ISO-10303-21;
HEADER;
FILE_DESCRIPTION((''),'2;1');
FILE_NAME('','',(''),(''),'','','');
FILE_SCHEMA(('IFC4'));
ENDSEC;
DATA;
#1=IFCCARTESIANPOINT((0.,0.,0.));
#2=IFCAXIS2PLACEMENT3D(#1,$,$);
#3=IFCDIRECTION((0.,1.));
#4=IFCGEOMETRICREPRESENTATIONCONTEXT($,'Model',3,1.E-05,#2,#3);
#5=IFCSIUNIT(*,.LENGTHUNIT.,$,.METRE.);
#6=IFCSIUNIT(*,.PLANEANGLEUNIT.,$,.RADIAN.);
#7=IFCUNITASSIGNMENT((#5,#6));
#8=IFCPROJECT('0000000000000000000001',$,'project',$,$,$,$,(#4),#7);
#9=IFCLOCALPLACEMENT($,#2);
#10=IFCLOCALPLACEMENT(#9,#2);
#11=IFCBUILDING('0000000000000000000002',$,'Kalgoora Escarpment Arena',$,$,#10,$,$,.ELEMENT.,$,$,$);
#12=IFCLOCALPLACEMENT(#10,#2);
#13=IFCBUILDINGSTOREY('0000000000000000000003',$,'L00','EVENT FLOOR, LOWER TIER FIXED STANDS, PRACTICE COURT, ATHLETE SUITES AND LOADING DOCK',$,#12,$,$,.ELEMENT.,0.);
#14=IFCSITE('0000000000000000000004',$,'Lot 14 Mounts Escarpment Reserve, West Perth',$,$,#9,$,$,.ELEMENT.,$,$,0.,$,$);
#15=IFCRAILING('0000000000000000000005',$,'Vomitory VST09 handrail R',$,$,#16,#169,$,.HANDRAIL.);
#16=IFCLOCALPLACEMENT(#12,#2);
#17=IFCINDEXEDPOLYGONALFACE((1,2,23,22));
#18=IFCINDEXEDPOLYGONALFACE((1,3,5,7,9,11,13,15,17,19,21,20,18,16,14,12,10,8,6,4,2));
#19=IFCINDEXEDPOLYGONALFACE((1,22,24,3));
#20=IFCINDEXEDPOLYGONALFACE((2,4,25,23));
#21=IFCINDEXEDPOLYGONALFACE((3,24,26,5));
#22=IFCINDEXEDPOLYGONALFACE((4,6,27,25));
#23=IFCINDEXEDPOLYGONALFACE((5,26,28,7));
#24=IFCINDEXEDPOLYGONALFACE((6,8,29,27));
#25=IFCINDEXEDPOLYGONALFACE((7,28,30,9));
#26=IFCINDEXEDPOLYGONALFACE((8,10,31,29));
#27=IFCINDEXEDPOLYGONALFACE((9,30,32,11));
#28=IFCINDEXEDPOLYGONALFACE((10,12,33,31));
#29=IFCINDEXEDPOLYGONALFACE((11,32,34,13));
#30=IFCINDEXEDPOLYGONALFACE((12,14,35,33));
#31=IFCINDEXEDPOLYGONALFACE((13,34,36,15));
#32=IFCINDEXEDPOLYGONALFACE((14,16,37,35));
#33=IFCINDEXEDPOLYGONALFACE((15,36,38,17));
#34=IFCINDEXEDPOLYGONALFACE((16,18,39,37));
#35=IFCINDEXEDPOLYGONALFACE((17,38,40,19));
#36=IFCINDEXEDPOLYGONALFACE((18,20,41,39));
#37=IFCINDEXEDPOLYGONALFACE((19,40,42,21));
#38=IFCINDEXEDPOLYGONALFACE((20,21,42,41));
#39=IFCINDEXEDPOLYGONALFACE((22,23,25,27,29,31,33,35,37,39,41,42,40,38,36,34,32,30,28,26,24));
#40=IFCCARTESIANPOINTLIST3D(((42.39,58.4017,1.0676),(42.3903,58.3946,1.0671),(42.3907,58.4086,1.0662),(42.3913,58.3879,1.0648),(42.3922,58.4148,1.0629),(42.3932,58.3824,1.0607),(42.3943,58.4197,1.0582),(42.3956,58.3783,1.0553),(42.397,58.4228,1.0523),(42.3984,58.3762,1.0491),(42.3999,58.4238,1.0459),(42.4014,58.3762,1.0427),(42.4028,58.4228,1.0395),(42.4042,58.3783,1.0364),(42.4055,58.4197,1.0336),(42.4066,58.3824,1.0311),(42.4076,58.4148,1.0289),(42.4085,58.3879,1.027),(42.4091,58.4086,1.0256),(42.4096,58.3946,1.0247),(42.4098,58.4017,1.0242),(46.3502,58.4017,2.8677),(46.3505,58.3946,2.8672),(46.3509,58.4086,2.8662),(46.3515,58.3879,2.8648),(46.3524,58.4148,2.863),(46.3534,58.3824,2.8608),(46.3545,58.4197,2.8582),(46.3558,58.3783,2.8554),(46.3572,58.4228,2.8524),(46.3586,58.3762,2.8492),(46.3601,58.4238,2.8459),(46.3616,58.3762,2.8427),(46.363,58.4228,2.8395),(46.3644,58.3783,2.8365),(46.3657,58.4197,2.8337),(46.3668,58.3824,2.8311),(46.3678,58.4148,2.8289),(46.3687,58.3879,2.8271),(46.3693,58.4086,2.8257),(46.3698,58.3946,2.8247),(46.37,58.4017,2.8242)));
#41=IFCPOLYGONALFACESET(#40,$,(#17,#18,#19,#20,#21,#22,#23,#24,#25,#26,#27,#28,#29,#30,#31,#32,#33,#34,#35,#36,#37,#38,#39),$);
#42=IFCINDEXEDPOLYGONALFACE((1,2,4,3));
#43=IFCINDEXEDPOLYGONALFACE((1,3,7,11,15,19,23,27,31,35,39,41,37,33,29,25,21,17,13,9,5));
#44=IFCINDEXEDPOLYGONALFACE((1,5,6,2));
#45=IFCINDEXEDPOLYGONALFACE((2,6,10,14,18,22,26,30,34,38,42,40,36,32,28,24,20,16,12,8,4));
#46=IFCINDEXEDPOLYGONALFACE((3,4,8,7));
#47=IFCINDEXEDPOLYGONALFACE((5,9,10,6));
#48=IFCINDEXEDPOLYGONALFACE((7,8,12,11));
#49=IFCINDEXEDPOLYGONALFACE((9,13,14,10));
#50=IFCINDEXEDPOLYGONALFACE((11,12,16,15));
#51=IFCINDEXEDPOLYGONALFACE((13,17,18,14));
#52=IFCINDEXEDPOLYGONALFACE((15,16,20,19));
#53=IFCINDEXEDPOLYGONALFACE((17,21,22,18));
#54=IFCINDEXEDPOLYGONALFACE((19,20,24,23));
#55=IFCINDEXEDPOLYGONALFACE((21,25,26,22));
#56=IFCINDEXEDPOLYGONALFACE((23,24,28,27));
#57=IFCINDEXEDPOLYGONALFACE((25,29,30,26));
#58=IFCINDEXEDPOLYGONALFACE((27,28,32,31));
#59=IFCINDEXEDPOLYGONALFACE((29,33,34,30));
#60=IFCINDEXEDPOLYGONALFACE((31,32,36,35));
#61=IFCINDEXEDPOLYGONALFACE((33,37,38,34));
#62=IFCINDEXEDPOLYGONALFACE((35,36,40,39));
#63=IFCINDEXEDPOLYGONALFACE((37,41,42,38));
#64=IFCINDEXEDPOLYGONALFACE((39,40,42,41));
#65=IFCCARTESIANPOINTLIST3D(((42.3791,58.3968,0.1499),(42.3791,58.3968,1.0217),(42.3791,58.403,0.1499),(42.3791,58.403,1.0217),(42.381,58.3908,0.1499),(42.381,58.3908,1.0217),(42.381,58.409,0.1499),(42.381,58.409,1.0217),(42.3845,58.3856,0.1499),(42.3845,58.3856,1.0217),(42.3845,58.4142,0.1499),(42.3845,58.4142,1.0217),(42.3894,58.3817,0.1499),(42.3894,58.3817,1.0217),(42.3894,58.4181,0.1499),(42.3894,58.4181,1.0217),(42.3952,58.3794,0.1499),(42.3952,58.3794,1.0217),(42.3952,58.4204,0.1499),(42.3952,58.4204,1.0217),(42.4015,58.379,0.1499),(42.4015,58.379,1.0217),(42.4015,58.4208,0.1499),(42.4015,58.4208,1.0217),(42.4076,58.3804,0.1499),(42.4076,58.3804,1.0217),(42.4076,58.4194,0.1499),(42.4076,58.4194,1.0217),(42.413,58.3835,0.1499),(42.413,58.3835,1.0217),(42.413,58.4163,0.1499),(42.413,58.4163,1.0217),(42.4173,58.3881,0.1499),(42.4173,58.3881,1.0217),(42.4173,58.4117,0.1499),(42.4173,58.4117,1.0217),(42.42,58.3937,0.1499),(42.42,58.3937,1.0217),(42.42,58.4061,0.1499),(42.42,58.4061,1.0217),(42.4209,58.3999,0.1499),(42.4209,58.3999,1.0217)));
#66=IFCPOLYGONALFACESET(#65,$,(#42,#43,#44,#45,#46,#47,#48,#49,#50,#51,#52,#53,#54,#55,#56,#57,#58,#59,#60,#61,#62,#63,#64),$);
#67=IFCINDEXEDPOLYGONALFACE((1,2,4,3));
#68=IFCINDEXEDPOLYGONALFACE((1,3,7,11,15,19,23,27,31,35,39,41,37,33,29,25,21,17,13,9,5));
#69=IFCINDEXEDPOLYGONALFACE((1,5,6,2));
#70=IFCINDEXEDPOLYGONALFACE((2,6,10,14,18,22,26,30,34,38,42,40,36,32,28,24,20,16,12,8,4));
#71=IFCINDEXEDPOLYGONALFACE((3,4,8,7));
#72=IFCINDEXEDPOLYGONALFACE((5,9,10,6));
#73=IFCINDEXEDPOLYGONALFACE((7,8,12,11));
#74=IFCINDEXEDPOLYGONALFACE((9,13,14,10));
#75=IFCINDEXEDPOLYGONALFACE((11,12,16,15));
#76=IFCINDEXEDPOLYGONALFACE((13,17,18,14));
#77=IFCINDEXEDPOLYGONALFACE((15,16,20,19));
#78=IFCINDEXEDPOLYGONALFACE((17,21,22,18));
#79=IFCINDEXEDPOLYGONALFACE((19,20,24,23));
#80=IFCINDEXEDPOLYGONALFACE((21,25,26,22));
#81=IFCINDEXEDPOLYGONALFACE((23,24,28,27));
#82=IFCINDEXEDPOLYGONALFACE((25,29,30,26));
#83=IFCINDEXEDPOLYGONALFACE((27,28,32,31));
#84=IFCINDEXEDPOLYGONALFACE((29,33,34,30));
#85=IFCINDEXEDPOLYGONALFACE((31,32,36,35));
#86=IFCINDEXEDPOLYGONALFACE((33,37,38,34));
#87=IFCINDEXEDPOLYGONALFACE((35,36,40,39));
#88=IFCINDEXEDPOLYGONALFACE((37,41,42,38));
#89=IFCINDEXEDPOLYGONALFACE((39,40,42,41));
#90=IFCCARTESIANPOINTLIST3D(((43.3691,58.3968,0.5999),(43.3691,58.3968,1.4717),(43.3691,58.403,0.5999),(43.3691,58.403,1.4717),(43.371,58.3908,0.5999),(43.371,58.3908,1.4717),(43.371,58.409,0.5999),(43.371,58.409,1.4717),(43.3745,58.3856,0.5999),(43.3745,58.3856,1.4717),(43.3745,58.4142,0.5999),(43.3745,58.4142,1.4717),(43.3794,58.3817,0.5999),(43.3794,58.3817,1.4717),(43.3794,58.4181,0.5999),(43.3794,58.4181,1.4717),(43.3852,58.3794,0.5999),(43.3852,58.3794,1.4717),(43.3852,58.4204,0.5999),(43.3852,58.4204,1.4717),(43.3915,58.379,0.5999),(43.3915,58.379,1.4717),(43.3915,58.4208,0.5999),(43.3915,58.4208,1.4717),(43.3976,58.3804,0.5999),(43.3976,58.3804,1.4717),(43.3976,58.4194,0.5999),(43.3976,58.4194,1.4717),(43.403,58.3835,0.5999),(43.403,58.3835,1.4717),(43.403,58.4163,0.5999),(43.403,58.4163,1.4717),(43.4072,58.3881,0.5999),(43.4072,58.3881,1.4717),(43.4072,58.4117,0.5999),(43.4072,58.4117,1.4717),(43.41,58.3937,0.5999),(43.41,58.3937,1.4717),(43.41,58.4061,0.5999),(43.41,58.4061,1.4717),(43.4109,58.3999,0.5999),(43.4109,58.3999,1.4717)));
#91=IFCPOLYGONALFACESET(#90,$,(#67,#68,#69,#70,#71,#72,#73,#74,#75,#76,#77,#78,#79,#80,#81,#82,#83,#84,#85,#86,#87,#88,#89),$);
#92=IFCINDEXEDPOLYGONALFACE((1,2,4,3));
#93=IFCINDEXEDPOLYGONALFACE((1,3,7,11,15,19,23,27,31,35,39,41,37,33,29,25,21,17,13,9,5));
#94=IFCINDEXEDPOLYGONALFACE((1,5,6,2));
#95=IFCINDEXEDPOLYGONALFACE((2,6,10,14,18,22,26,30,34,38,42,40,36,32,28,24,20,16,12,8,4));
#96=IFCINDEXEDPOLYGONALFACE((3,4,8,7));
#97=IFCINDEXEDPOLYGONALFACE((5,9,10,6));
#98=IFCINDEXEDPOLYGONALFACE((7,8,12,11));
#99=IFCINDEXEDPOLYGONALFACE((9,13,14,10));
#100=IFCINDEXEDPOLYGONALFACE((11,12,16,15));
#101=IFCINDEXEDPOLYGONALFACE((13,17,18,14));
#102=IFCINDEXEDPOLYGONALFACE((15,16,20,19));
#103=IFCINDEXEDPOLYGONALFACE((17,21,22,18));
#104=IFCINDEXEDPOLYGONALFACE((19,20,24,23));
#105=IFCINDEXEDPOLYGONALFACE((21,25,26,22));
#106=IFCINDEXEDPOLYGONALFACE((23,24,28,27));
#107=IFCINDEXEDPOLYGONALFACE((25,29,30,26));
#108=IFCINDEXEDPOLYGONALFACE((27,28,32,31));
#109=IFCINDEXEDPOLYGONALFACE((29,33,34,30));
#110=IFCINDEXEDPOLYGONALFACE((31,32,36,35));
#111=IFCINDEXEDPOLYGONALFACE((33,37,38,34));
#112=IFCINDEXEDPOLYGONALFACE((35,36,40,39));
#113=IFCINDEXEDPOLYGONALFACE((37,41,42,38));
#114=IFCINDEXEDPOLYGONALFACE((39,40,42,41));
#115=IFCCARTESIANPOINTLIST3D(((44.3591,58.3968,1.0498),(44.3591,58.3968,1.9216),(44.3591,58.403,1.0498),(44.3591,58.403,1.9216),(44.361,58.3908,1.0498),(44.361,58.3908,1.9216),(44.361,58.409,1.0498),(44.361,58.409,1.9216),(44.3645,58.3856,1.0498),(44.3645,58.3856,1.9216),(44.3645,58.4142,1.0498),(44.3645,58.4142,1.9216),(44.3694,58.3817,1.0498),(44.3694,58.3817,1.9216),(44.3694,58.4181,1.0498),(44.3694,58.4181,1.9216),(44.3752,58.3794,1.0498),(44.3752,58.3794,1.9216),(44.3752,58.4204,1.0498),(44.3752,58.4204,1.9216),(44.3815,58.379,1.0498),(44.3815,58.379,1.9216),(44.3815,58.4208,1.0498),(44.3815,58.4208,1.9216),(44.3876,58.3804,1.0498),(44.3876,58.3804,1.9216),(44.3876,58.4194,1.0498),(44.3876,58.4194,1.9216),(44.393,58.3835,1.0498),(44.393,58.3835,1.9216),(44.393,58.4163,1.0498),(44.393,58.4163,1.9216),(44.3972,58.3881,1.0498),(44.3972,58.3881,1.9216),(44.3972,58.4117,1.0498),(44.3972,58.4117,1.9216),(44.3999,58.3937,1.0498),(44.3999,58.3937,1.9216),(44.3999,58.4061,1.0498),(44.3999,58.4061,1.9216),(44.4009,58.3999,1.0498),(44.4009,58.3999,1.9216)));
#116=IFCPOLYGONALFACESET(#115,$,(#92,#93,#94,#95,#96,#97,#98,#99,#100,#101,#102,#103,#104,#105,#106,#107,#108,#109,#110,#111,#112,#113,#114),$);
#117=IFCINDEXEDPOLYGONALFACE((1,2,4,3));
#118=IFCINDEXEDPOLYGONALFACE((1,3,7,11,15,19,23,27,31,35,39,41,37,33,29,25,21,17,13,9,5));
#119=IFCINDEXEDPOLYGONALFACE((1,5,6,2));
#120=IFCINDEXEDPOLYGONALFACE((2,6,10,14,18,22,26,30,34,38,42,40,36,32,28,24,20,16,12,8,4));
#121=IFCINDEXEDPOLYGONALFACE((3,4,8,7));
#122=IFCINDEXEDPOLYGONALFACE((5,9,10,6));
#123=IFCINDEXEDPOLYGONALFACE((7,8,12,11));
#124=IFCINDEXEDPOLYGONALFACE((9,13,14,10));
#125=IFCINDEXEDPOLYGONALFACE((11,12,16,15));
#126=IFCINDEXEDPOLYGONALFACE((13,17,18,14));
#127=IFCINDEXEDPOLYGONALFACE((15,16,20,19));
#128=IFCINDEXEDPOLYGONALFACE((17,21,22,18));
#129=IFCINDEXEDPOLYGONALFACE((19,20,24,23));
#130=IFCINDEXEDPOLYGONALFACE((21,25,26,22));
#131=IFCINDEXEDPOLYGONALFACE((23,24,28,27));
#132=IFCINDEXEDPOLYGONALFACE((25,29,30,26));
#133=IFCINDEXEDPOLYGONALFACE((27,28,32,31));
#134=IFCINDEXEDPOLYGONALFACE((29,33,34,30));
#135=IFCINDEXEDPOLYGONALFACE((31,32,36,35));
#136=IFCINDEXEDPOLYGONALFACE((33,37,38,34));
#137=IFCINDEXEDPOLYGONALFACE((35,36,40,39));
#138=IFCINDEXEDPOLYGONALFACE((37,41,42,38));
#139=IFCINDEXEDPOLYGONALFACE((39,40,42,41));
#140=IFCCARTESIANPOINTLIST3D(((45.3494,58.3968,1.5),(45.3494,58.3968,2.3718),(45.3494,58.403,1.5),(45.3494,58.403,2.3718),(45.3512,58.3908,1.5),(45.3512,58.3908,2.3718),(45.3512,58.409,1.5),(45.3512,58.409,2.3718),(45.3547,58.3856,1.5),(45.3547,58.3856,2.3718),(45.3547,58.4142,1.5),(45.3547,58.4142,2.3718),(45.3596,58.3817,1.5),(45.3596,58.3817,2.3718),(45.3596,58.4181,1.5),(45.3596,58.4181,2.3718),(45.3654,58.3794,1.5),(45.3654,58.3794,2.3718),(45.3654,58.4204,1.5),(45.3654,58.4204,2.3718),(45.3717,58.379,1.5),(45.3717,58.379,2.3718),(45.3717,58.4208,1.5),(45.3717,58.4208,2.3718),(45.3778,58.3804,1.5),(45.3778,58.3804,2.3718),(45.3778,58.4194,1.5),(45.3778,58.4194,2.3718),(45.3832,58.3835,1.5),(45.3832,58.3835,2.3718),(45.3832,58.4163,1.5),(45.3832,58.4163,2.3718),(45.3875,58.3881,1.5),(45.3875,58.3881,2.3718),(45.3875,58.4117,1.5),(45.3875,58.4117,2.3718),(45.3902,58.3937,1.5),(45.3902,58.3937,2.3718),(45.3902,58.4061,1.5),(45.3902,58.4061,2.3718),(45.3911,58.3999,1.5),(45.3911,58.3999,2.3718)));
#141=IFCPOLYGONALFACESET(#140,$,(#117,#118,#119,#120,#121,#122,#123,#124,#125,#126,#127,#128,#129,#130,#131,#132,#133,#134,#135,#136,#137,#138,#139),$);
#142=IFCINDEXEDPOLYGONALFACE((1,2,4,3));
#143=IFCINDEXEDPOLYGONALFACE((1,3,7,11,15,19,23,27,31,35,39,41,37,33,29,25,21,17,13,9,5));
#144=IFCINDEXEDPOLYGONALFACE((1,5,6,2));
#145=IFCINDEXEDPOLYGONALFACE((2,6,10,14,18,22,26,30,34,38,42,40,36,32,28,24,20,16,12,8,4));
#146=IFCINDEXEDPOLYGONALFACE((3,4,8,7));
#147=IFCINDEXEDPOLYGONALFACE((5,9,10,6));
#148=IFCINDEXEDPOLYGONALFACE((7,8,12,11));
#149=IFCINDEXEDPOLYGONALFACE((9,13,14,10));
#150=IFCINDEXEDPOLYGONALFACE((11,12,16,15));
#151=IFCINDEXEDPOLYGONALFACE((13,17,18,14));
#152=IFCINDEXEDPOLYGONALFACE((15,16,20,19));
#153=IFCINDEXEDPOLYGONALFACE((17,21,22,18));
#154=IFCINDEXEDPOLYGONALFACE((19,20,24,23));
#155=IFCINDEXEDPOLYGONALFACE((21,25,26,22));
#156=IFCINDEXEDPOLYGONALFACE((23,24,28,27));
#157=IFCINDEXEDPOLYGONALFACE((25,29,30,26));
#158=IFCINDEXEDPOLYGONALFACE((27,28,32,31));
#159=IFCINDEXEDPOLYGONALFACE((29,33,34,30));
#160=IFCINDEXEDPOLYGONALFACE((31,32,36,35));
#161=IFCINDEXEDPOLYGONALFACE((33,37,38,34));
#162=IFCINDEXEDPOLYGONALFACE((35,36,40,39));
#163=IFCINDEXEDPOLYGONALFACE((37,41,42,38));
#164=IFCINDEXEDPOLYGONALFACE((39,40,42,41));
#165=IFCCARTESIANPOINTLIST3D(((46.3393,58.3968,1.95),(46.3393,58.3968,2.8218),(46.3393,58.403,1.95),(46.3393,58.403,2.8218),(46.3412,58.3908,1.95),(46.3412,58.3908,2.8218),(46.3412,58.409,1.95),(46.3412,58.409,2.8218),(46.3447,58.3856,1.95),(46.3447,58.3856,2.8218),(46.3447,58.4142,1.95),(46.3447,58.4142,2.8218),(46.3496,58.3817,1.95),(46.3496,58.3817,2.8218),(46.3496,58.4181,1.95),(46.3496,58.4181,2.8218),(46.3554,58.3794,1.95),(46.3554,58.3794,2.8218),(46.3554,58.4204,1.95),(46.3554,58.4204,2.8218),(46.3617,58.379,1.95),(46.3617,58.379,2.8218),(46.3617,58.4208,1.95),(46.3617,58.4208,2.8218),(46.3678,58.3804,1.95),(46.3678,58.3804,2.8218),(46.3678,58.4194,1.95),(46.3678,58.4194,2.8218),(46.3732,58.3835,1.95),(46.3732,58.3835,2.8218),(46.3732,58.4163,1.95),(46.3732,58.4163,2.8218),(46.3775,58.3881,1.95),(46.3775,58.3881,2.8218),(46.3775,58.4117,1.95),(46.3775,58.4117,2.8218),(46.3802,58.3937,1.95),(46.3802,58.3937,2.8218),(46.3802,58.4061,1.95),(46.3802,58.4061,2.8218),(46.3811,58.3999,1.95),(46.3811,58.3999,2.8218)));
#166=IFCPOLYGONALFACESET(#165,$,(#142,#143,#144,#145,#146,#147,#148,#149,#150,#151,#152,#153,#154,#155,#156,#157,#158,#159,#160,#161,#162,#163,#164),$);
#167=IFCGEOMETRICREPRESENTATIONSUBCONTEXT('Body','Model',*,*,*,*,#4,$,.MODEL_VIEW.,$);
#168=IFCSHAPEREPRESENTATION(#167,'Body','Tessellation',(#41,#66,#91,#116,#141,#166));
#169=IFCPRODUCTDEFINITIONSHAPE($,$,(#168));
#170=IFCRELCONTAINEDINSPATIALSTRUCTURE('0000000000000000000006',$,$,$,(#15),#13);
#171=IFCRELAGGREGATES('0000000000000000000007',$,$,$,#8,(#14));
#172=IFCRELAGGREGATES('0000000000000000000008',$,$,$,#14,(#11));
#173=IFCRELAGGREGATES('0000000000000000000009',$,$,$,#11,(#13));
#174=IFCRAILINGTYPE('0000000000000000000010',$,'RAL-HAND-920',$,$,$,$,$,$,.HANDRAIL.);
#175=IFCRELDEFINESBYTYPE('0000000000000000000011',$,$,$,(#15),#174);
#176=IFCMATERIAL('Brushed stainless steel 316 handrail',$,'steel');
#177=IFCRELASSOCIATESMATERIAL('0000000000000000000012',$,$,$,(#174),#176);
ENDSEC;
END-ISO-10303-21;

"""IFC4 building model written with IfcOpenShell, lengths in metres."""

from ifc_helpers import new_model, si_unit, direction, frame, origin, origin_2d, place, context, subcontext, project, spatial, circle, extrude, material, type_object, element, save


model = new_model("IFC4")

# Units and contexts
model_context = context("Model", 3, precision=1e-05, world=origin(), true_north=direction((0.0, 1.0)))
body_context = subcontext(model_context, "Body", "Model", "MODEL_VIEW")
ifc_project = project(units=[si_unit("LENGTHUNIT", "METRE"), si_unit("PLANEANGLEUNIT", "RADIAN")], contexts=[model_context])

# Site, building, storey
site_placement = place(None, origin())
site = spatial("IfcSite", under=ifc_project, at=site_placement, Name="Lot 14 Mounts Escarpment Reserve, West Perth", CompositionType="ELEMENT", RefElevation=0.0)
building_placement = place(site_placement, origin())
building = spatial("IfcBuilding", under=site, at=building_placement, Name="Kalgoora Escarpment Arena", CompositionType="ELEMENT")
storey_placement = place(building_placement, origin())
storey = spatial("IfcBuildingStorey", under=building, at=storey_placement, Name="L00", Description="EVENT FLOOR, LOWER TIER FIXED STANDS, PRACTICE COURT, ATHLETE SUITES AND LOADING DOCK", CompositionType="ELEMENT", Elevation=0.0)

# Railing
ifc_material_1 = material(Name="Brushed stainless steel 316 handrail", Category="steel")
railing_type_1 = type_object("IfcRailingType", Name="RAL-HAND-920", PredefinedType="HANDRAIL", material=ifc_material_1)
for number, where, name in (
    (1, (42.3999, 58.3999, 0.1499), "Vomitory VST09 handrail R"),
):
    element("IfcRailing", number, at=place(storey_placement, frame(where)), inside=storey, type_object=railing_type_1, Name=name, PredefinedType="HANDRAIL", context=body_context, shape_type="SweptSolid", body=[
        extrude(circle(Radius=0.0239, at=origin_2d()), frame((0.0, 0.0, 0.896), z_axis=(0.91037, 0.0, 0.413794), x_axis=(0.0, 1.0, 0.0)), (0.0, 0.0, 1.0), 4.3501),
        extrude(circle(Radius=0.021, at=origin_2d()), origin(), (0.0, 0.0, 1.0), 0.8718),
        extrude(circle(Radius=0.021, at=origin_2d()), frame((0.99, 0.0, 0.45)), (0.0, 0.0, 1.0), 0.8718),
        extrude(circle(Radius=0.021, at=origin_2d()), frame((1.98, 0.0, 0.8999)), (0.0, 0.0, 1.0), 0.8718),
        extrude(circle(Radius=0.021, at=origin_2d()), frame((2.9702, 0.0, 1.3501)), (0.0, 0.0, 1.0), 0.8718),
        extrude(circle(Radius=0.021, at=origin_2d()), frame((3.9602, 0.0, 1.8)), (0.0, 0.0, 1.0), 0.8718),
    ])

save(model, "model.ifc")
